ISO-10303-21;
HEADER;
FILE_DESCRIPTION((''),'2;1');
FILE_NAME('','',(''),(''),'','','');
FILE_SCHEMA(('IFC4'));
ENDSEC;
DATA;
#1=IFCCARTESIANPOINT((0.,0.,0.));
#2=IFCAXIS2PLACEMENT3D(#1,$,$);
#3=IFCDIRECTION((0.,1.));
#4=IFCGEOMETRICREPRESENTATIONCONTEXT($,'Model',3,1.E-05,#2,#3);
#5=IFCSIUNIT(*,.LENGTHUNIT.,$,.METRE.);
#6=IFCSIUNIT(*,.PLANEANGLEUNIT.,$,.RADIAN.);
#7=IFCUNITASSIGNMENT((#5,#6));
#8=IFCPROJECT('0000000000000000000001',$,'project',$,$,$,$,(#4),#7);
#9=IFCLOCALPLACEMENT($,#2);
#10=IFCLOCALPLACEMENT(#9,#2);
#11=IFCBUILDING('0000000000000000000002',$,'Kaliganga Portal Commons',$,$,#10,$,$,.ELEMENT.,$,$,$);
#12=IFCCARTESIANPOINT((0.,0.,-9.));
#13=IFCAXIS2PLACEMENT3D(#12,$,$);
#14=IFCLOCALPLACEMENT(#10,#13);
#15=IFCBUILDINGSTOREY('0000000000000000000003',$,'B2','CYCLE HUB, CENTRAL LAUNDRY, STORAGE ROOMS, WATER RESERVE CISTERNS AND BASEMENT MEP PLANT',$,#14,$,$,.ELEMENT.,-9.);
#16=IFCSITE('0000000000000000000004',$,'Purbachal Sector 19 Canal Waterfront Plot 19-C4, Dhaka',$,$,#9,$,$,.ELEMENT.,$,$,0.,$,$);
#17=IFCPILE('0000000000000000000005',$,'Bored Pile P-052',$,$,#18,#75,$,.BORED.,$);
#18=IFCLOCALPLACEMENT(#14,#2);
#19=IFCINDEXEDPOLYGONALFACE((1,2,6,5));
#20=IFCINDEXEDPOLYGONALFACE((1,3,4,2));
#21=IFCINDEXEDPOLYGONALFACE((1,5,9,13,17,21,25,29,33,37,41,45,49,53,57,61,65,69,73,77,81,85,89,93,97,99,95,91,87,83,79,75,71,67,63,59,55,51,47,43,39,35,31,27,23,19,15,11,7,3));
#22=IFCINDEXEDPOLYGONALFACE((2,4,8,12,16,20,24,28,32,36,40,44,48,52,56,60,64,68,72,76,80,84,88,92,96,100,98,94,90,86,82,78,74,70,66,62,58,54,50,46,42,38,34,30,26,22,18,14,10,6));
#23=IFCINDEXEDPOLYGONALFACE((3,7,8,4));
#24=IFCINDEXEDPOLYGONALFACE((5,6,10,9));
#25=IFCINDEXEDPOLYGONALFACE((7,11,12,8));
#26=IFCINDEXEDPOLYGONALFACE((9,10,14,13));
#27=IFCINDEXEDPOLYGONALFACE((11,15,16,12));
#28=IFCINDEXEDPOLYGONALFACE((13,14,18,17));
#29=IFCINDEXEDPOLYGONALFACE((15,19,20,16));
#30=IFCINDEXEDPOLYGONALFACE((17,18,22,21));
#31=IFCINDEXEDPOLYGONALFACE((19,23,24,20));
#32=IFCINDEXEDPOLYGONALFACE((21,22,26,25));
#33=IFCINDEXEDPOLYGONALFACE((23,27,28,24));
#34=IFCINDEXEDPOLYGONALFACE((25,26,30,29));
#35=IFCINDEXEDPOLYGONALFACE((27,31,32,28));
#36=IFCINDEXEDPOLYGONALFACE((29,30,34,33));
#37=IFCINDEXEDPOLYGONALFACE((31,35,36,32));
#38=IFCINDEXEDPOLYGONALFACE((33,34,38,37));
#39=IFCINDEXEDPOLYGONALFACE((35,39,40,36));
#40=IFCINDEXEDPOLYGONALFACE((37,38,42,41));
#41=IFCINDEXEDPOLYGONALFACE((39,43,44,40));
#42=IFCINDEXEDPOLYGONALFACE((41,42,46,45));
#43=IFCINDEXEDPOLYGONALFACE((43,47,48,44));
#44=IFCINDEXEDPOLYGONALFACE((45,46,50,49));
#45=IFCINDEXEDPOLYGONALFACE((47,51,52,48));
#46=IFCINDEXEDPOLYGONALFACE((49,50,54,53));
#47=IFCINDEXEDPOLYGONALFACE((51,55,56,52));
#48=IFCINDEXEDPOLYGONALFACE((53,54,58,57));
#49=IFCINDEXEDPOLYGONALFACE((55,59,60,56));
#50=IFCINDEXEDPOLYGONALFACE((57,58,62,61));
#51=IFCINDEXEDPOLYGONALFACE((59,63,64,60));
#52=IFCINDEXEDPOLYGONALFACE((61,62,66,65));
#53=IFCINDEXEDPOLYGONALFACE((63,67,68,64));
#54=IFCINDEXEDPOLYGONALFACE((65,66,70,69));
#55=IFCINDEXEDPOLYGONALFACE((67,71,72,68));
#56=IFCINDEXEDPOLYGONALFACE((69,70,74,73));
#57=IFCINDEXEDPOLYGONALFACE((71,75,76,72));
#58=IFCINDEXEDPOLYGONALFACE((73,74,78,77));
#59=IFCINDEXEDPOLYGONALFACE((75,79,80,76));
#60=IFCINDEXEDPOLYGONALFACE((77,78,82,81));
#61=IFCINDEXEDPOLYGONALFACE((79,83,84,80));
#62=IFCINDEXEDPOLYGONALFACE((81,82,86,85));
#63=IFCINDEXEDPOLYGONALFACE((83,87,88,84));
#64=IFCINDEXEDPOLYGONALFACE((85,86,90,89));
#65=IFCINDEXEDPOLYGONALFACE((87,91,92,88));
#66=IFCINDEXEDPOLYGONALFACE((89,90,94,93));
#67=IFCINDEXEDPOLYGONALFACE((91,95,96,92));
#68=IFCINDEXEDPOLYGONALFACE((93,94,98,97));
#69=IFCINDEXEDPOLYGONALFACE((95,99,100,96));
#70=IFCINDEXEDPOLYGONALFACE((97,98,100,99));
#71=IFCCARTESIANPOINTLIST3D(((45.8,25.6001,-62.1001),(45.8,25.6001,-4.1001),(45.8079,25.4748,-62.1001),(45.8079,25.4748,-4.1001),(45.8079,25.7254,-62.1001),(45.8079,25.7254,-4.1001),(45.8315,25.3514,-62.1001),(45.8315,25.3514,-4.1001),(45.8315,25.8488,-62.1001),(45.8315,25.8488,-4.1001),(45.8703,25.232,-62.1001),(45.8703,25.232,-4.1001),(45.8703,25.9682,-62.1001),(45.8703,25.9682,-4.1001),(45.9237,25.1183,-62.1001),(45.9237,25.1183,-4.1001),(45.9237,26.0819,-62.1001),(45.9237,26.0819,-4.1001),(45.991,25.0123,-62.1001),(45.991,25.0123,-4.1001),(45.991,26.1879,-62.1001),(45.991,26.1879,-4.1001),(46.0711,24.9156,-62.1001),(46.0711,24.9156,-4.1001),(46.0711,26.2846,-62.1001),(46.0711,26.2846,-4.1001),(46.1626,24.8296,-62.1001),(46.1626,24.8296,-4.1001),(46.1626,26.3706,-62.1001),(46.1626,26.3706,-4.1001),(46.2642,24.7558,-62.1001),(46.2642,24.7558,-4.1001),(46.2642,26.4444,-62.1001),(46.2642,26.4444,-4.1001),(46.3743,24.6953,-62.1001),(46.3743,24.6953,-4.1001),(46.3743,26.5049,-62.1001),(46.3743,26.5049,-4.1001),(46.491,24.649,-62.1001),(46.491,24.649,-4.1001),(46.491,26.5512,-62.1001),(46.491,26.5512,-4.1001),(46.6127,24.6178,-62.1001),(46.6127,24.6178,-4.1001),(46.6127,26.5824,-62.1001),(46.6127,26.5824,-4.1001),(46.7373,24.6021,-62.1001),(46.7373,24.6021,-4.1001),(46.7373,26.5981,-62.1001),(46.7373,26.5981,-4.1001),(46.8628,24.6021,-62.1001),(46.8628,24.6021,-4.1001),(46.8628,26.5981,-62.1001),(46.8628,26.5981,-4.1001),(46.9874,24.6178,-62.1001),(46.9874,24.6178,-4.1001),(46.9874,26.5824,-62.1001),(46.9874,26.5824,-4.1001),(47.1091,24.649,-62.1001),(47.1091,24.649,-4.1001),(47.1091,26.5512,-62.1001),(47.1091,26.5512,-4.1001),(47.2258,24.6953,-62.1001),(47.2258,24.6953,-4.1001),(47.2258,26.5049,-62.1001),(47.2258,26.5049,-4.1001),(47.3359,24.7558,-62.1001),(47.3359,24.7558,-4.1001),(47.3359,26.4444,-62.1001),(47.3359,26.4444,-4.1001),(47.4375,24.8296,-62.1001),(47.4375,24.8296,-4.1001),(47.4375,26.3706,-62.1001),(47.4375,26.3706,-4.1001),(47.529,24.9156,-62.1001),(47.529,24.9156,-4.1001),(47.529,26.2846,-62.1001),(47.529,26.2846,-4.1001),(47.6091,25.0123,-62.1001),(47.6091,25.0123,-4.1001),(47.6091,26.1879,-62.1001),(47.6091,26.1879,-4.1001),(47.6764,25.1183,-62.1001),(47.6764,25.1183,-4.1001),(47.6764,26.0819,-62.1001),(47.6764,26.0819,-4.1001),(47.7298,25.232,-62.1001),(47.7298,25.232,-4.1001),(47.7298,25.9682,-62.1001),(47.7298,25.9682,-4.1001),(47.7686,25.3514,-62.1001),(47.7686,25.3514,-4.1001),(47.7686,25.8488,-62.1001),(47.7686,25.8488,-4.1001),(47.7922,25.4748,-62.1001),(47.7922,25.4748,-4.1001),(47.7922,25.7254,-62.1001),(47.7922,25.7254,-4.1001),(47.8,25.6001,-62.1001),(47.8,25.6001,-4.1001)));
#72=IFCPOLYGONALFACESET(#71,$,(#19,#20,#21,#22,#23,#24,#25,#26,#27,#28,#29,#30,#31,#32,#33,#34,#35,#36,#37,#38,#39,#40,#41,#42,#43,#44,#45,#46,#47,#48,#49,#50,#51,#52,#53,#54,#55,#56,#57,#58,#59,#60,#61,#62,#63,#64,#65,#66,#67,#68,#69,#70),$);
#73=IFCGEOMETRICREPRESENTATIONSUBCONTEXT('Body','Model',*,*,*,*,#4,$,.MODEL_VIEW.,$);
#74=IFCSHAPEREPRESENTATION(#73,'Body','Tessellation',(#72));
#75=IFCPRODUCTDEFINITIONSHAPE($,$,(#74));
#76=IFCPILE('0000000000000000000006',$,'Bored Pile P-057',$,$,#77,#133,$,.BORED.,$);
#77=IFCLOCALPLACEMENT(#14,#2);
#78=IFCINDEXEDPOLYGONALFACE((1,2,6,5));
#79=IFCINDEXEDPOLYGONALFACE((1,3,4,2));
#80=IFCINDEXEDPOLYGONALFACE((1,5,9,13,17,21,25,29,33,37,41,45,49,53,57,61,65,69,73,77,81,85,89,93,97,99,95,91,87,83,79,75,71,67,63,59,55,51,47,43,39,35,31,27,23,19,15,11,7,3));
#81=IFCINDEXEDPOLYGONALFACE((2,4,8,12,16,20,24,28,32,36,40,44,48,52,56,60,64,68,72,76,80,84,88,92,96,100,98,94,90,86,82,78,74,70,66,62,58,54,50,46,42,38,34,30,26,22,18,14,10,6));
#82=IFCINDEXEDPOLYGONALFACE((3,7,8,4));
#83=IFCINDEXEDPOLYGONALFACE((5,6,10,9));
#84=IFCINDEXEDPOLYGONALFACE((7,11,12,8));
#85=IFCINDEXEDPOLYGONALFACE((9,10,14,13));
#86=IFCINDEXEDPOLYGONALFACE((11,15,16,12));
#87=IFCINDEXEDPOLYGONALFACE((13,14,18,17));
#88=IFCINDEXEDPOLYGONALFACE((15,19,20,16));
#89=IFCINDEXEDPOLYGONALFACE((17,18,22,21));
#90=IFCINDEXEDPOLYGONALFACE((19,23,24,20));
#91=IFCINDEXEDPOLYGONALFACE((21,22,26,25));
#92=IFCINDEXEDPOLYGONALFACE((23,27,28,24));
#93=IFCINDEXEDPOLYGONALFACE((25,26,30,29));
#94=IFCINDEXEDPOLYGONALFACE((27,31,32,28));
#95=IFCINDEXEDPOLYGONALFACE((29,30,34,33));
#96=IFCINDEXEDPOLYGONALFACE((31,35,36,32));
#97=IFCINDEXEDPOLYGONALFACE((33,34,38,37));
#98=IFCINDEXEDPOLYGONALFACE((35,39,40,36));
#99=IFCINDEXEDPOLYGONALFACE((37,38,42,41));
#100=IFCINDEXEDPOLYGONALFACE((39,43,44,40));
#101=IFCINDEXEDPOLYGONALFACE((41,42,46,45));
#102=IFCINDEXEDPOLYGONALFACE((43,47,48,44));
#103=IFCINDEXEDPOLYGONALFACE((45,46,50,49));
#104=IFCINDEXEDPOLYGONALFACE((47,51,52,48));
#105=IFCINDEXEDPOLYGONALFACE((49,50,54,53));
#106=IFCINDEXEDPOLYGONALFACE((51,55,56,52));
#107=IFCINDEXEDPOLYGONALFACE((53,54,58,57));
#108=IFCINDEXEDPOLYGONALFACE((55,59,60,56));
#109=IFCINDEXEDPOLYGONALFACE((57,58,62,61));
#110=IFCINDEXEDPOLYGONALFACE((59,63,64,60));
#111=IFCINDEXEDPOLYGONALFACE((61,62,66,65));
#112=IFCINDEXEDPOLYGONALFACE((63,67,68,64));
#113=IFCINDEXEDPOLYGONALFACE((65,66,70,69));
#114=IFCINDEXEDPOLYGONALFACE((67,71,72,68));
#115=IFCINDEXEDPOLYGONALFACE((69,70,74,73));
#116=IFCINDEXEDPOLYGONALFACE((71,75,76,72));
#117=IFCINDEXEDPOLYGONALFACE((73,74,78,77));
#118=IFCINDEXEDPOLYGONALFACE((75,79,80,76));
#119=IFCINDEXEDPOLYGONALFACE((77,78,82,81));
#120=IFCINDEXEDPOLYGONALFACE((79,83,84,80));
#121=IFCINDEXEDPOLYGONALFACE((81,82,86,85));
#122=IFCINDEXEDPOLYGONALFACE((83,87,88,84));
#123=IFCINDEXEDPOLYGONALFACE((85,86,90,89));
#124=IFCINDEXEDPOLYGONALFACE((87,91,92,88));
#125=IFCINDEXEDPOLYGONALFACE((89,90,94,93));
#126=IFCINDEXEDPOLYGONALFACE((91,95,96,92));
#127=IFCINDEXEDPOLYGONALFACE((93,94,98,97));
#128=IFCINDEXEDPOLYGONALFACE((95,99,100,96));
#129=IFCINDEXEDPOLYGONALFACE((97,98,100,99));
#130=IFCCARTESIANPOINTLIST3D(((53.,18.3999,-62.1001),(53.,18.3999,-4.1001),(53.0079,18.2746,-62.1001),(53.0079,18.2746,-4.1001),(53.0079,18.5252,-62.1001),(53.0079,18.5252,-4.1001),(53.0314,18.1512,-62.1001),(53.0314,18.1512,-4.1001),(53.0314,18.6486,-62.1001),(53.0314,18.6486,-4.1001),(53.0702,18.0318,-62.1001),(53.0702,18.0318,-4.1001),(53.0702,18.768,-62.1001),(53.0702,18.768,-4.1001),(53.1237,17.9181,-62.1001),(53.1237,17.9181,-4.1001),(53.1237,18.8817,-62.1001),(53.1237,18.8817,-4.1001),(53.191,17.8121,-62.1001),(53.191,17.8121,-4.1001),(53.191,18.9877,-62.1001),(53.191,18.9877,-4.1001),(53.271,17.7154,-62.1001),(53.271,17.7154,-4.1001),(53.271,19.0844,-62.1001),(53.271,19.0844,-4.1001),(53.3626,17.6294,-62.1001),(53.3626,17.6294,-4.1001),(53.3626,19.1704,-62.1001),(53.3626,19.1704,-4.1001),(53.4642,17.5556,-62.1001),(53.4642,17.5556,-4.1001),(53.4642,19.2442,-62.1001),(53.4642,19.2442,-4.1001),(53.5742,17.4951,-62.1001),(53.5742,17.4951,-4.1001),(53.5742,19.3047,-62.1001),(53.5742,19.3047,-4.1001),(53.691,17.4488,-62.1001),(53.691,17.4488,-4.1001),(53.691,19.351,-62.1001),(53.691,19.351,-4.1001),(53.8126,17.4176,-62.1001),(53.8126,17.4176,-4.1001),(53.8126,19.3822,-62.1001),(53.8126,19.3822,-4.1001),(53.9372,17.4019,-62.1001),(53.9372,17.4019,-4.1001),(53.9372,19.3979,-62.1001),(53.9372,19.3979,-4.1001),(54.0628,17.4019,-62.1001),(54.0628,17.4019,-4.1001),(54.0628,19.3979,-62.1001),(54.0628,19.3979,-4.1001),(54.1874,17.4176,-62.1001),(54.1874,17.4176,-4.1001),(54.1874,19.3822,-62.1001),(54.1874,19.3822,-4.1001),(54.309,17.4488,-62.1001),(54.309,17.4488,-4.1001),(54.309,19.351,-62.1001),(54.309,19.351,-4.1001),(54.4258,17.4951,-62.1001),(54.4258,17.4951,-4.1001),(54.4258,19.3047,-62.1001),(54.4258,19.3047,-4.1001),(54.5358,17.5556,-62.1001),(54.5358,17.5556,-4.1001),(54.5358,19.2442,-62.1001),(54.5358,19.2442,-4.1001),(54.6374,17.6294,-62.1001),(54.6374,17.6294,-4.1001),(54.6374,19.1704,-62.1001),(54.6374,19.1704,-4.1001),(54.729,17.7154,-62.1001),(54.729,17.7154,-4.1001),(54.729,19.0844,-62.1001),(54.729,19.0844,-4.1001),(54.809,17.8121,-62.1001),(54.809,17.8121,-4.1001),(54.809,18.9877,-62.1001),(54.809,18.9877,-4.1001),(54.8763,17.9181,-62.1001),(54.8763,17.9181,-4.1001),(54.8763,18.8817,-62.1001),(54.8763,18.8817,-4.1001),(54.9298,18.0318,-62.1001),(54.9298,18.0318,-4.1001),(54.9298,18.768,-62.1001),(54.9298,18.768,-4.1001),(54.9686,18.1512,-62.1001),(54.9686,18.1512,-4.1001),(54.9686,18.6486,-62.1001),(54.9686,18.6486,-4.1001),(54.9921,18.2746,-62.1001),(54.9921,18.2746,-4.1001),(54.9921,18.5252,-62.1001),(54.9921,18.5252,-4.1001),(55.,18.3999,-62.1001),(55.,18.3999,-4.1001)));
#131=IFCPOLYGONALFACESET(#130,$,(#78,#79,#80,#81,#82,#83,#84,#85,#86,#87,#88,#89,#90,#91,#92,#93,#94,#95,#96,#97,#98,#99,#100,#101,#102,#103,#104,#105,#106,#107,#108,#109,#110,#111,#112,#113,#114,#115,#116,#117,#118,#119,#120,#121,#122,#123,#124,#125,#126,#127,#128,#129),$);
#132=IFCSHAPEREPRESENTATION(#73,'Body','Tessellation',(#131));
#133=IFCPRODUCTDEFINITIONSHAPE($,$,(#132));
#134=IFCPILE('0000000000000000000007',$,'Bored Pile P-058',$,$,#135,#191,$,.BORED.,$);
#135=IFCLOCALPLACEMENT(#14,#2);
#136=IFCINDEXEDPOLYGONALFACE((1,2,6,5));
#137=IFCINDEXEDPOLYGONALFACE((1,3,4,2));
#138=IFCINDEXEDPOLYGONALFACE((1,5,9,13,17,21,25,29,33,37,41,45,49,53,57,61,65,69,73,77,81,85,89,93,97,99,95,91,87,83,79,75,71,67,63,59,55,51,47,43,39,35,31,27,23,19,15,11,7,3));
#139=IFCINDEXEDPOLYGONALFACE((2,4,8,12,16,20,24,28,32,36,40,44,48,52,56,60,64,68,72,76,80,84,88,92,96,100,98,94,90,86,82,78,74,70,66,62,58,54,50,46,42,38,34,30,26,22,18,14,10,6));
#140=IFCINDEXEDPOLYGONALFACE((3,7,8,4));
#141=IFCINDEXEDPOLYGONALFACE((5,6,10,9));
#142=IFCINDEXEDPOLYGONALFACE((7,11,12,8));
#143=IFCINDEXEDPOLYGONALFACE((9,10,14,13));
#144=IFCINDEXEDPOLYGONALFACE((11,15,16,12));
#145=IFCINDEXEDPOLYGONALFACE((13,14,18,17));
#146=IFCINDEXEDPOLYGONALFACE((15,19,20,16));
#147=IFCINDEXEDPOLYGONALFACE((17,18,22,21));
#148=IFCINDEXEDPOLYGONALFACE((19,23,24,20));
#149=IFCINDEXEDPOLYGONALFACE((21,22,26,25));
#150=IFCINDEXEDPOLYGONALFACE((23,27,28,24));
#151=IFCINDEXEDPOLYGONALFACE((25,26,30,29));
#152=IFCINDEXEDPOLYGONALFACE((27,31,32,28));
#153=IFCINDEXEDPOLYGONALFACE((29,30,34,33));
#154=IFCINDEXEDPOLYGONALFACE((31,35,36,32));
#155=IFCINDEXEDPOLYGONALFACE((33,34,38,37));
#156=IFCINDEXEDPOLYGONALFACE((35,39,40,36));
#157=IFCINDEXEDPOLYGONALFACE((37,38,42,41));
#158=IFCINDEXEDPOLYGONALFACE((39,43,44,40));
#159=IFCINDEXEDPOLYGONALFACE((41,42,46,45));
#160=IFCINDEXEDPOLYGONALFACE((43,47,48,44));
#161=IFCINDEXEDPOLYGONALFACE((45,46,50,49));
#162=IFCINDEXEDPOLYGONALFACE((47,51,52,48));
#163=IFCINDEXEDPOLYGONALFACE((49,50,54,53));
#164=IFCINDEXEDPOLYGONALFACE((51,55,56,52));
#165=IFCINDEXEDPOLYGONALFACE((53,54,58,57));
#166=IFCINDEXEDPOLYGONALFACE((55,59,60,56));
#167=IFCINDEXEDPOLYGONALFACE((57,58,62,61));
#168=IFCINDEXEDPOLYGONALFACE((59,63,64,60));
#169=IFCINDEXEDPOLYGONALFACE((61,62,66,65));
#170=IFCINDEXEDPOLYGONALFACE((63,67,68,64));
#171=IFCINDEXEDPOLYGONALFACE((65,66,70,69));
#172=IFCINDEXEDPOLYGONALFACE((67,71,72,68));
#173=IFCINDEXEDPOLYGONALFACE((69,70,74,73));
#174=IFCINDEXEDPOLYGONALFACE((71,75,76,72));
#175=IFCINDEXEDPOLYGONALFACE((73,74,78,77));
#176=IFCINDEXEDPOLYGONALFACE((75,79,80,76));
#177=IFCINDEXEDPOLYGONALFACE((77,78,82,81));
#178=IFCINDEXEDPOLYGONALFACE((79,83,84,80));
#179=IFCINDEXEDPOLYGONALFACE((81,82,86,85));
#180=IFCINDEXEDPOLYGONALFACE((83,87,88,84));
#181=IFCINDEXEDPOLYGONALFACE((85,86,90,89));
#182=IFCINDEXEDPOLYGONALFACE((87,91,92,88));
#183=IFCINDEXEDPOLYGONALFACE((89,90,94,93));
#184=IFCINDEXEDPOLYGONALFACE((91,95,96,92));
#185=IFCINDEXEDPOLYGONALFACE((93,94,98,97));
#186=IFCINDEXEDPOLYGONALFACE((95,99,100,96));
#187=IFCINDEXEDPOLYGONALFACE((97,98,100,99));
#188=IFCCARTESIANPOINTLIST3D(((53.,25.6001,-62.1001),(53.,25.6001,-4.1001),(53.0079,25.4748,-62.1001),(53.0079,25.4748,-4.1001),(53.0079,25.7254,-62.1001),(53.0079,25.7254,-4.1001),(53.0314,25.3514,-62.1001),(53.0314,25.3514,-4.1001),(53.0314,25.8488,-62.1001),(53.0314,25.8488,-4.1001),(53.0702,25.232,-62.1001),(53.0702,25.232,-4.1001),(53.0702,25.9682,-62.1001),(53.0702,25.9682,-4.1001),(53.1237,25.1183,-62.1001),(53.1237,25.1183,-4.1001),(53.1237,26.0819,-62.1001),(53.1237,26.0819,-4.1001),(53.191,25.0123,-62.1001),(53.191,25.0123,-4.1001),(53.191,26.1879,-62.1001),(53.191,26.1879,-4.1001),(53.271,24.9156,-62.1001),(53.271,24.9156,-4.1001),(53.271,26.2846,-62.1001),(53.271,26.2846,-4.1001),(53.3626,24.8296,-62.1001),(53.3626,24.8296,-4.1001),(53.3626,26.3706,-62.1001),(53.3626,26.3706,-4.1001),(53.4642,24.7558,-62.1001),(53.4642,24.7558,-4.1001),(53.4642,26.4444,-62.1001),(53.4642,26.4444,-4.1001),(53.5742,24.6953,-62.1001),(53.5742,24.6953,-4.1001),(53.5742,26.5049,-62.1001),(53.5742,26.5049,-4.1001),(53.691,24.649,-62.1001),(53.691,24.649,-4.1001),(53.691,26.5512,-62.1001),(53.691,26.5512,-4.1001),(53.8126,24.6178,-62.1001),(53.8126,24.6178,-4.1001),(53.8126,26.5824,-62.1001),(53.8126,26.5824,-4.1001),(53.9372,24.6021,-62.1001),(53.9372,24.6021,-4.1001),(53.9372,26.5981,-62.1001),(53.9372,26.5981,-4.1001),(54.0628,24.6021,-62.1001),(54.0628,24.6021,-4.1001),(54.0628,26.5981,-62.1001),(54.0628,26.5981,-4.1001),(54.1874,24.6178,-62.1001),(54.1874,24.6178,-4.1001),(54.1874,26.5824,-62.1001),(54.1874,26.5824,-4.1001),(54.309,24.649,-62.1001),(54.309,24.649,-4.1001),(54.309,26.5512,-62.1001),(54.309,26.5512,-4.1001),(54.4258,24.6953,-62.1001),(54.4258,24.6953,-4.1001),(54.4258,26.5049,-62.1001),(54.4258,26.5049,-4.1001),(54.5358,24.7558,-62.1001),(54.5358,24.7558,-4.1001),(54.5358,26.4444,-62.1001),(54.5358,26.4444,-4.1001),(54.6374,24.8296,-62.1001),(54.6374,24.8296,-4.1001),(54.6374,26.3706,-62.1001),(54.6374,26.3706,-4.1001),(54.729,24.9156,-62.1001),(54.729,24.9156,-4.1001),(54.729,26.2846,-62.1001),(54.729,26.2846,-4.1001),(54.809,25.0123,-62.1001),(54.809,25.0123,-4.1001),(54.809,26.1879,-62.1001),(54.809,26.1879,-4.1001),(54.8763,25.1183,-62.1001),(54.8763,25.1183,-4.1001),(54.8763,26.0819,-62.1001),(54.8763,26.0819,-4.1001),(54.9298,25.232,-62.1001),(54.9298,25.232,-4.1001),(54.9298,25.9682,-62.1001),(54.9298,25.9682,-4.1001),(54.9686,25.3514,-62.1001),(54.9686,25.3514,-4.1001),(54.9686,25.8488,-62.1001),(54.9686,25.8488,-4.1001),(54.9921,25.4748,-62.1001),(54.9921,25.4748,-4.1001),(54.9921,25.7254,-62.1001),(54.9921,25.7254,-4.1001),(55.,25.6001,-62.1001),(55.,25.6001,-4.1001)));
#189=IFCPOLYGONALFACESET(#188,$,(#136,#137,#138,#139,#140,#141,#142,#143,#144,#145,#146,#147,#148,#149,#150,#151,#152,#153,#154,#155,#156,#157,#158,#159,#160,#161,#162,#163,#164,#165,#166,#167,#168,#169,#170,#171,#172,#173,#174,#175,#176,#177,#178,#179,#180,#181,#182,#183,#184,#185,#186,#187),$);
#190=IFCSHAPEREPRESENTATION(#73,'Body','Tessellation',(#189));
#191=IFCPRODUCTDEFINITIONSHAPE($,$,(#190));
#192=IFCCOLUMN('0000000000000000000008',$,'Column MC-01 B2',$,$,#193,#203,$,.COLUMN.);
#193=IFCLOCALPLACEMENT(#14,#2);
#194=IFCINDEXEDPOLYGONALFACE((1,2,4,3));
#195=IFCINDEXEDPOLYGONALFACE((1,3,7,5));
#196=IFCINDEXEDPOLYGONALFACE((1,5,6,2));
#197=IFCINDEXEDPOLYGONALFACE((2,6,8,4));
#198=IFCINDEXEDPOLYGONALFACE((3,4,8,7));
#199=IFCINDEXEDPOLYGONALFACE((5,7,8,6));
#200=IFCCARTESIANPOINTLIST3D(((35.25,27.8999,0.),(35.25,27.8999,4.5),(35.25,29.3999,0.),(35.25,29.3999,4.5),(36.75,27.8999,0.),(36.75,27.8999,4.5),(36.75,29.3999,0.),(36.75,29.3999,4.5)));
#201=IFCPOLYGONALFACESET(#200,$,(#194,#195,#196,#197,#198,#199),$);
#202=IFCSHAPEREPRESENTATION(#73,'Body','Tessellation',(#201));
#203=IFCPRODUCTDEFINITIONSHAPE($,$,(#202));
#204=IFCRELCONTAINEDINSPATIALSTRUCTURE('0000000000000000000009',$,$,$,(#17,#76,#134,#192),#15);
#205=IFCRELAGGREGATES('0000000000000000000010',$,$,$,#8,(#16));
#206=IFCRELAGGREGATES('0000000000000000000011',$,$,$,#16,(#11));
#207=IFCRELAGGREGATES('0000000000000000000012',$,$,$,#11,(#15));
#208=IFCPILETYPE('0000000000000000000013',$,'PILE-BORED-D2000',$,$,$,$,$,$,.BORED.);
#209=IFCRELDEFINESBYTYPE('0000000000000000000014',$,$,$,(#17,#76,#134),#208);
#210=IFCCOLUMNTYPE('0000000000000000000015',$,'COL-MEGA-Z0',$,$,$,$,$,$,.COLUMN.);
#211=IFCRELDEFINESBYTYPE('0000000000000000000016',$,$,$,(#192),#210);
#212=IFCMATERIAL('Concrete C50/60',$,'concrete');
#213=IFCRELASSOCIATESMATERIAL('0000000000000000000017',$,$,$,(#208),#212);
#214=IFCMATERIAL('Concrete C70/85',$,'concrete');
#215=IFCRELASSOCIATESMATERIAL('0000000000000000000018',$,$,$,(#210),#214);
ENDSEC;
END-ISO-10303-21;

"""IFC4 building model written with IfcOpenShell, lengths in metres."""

from ifc_helpers import new_model, si_unit, direction, frame, origin, origin_2d, place, context, subcontext, project, spatial, rectangle, circle, extrude, source, transform, mapped, material, material_profile, profile_set, type_object, element, save


model = new_model("IFC4")

# Units and contexts
model_context = context("Model", 3, precision=1e-05, world=origin(), true_north=direction((0.0, 1.0)))
body_context = subcontext(model_context, "Body", "Model", "MODEL_VIEW")
ifc_project = project(units=[si_unit("LENGTHUNIT", "METRE"), si_unit("PLANEANGLEUNIT", "RADIAN")], contexts=[model_context])

# Site, building, storey
site_placement = place(None, origin())
site = spatial("IfcSite", under=ifc_project, at=site_placement, Name="Purbachal Sector 19 Canal Waterfront Plot 19-C4, Dhaka", CompositionType="ELEMENT", RefElevation=0.0)
building_placement = place(site_placement, origin())
building = spatial("IfcBuilding", under=site, at=building_placement, Name="Kaliganga Portal Commons", CompositionType="ELEMENT")
storey_placement = place(building_placement, frame((0.0, 0.0, -9.0)))
storey = spatial("IfcBuildingStorey", under=building, at=storey_placement, Name="B2", Description="CYCLE HUB, CENTRAL LAUNDRY, STORAGE ROOMS, WATER RESERVE CISTERNS AND BASEMENT MEP PLANT", CompositionType="ELEMENT", Elevation=-9.0)

# Piles
ifc_material_1 = material(Name="Concrete C50/60", Category="concrete")
ifc_material_profile_1 = material_profile(ifc_material_1, circle(Radius=1.0, at=origin_2d()), Name="PILE D2000")
ifc_profile_set_1 = profile_set([ifc_material_profile_1], Name="Concrete C50/60")
pile_type = type_object("IfcPileType", Name="PILE-BORED-D2000", PredefinedType="BORED", material=ifc_profile_set_1)
for number, where, z_axis, x_axis, name in (
    (1, (46.8, 25.6001, -4.1001), (0.0, 0.0, -1.0), (1.0, 0.0, 0.0), "Bored Pile P-052"),
    (2, (54.0, 18.3999, -4.1001), (0.0, 0.0, -1.0), (1.0, 0.0, 0.0), "Bored Pile P-057"),
    (3, (54.0, 25.6001, -4.1001), (0.0, 0.0, -1.0), (1.0, 0.0, 0.0), "Bored Pile P-058"),
):
    element("IfcPile", number, at=place(storey_placement, frame(where, z_axis=z_axis, x_axis=x_axis)), inside=storey, type_object=pile_type, Name=name, PredefinedType="BORED", context=body_context, shape_type="SweptSolid", body=[
        extrude(circle(Radius=1.0, at=origin_2d()), origin(), (0.0, 0.0, 1.0), 58.0),
    ])

# Column
ifc_material_2 = material(Name="Concrete C70/85", Category="concrete")
ifc_material_profile_2 = material_profile(ifc_material_2, rectangle(XDim=1.5, YDim=1.5, at=origin_2d()), Name="RC 1500x1500")
ifc_profile_set_2 = profile_set([ifc_material_profile_2], Name="Concrete C70/85")
column_type = type_object("IfcColumnType", Name="COL-MEGA-Z0", PredefinedType="COLUMN", material=ifc_profile_set_2)
shared_shape_1 = source(origin(), body_context, "Body", "SweptSolid", [
    extrude(rectangle(XDim=1.5, YDim=1.5, at=origin_2d()), origin(), (0.0, 0.0, 1.0), 4.5),
])
for number, where, z_axis, x_axis, name in (
    (4, (36.0, 28.6499, 0.0), (0.0, 0.0, 1.0), (1.0, 0.0, 0.0), "Column MC-01 B2"),
):
    element("IfcColumn", number, at=place(storey_placement, frame(where, z_axis=z_axis, x_axis=x_axis)), inside=storey, type_object=column_type, Name=name, PredefinedType="COLUMN", context=body_context, shape_type="MappedRepresentation", body=[
        mapped(shared_shape_1, transform((0.0, 0.0, 0.0), x_axis=(1.0, 0.0, 0.0), y_axis=(0.0, 1.0, 0.0), z_axis=(0.0, 0.0, 1.0), scale=1.0)),
    ])

save(model, "model.ifc")
